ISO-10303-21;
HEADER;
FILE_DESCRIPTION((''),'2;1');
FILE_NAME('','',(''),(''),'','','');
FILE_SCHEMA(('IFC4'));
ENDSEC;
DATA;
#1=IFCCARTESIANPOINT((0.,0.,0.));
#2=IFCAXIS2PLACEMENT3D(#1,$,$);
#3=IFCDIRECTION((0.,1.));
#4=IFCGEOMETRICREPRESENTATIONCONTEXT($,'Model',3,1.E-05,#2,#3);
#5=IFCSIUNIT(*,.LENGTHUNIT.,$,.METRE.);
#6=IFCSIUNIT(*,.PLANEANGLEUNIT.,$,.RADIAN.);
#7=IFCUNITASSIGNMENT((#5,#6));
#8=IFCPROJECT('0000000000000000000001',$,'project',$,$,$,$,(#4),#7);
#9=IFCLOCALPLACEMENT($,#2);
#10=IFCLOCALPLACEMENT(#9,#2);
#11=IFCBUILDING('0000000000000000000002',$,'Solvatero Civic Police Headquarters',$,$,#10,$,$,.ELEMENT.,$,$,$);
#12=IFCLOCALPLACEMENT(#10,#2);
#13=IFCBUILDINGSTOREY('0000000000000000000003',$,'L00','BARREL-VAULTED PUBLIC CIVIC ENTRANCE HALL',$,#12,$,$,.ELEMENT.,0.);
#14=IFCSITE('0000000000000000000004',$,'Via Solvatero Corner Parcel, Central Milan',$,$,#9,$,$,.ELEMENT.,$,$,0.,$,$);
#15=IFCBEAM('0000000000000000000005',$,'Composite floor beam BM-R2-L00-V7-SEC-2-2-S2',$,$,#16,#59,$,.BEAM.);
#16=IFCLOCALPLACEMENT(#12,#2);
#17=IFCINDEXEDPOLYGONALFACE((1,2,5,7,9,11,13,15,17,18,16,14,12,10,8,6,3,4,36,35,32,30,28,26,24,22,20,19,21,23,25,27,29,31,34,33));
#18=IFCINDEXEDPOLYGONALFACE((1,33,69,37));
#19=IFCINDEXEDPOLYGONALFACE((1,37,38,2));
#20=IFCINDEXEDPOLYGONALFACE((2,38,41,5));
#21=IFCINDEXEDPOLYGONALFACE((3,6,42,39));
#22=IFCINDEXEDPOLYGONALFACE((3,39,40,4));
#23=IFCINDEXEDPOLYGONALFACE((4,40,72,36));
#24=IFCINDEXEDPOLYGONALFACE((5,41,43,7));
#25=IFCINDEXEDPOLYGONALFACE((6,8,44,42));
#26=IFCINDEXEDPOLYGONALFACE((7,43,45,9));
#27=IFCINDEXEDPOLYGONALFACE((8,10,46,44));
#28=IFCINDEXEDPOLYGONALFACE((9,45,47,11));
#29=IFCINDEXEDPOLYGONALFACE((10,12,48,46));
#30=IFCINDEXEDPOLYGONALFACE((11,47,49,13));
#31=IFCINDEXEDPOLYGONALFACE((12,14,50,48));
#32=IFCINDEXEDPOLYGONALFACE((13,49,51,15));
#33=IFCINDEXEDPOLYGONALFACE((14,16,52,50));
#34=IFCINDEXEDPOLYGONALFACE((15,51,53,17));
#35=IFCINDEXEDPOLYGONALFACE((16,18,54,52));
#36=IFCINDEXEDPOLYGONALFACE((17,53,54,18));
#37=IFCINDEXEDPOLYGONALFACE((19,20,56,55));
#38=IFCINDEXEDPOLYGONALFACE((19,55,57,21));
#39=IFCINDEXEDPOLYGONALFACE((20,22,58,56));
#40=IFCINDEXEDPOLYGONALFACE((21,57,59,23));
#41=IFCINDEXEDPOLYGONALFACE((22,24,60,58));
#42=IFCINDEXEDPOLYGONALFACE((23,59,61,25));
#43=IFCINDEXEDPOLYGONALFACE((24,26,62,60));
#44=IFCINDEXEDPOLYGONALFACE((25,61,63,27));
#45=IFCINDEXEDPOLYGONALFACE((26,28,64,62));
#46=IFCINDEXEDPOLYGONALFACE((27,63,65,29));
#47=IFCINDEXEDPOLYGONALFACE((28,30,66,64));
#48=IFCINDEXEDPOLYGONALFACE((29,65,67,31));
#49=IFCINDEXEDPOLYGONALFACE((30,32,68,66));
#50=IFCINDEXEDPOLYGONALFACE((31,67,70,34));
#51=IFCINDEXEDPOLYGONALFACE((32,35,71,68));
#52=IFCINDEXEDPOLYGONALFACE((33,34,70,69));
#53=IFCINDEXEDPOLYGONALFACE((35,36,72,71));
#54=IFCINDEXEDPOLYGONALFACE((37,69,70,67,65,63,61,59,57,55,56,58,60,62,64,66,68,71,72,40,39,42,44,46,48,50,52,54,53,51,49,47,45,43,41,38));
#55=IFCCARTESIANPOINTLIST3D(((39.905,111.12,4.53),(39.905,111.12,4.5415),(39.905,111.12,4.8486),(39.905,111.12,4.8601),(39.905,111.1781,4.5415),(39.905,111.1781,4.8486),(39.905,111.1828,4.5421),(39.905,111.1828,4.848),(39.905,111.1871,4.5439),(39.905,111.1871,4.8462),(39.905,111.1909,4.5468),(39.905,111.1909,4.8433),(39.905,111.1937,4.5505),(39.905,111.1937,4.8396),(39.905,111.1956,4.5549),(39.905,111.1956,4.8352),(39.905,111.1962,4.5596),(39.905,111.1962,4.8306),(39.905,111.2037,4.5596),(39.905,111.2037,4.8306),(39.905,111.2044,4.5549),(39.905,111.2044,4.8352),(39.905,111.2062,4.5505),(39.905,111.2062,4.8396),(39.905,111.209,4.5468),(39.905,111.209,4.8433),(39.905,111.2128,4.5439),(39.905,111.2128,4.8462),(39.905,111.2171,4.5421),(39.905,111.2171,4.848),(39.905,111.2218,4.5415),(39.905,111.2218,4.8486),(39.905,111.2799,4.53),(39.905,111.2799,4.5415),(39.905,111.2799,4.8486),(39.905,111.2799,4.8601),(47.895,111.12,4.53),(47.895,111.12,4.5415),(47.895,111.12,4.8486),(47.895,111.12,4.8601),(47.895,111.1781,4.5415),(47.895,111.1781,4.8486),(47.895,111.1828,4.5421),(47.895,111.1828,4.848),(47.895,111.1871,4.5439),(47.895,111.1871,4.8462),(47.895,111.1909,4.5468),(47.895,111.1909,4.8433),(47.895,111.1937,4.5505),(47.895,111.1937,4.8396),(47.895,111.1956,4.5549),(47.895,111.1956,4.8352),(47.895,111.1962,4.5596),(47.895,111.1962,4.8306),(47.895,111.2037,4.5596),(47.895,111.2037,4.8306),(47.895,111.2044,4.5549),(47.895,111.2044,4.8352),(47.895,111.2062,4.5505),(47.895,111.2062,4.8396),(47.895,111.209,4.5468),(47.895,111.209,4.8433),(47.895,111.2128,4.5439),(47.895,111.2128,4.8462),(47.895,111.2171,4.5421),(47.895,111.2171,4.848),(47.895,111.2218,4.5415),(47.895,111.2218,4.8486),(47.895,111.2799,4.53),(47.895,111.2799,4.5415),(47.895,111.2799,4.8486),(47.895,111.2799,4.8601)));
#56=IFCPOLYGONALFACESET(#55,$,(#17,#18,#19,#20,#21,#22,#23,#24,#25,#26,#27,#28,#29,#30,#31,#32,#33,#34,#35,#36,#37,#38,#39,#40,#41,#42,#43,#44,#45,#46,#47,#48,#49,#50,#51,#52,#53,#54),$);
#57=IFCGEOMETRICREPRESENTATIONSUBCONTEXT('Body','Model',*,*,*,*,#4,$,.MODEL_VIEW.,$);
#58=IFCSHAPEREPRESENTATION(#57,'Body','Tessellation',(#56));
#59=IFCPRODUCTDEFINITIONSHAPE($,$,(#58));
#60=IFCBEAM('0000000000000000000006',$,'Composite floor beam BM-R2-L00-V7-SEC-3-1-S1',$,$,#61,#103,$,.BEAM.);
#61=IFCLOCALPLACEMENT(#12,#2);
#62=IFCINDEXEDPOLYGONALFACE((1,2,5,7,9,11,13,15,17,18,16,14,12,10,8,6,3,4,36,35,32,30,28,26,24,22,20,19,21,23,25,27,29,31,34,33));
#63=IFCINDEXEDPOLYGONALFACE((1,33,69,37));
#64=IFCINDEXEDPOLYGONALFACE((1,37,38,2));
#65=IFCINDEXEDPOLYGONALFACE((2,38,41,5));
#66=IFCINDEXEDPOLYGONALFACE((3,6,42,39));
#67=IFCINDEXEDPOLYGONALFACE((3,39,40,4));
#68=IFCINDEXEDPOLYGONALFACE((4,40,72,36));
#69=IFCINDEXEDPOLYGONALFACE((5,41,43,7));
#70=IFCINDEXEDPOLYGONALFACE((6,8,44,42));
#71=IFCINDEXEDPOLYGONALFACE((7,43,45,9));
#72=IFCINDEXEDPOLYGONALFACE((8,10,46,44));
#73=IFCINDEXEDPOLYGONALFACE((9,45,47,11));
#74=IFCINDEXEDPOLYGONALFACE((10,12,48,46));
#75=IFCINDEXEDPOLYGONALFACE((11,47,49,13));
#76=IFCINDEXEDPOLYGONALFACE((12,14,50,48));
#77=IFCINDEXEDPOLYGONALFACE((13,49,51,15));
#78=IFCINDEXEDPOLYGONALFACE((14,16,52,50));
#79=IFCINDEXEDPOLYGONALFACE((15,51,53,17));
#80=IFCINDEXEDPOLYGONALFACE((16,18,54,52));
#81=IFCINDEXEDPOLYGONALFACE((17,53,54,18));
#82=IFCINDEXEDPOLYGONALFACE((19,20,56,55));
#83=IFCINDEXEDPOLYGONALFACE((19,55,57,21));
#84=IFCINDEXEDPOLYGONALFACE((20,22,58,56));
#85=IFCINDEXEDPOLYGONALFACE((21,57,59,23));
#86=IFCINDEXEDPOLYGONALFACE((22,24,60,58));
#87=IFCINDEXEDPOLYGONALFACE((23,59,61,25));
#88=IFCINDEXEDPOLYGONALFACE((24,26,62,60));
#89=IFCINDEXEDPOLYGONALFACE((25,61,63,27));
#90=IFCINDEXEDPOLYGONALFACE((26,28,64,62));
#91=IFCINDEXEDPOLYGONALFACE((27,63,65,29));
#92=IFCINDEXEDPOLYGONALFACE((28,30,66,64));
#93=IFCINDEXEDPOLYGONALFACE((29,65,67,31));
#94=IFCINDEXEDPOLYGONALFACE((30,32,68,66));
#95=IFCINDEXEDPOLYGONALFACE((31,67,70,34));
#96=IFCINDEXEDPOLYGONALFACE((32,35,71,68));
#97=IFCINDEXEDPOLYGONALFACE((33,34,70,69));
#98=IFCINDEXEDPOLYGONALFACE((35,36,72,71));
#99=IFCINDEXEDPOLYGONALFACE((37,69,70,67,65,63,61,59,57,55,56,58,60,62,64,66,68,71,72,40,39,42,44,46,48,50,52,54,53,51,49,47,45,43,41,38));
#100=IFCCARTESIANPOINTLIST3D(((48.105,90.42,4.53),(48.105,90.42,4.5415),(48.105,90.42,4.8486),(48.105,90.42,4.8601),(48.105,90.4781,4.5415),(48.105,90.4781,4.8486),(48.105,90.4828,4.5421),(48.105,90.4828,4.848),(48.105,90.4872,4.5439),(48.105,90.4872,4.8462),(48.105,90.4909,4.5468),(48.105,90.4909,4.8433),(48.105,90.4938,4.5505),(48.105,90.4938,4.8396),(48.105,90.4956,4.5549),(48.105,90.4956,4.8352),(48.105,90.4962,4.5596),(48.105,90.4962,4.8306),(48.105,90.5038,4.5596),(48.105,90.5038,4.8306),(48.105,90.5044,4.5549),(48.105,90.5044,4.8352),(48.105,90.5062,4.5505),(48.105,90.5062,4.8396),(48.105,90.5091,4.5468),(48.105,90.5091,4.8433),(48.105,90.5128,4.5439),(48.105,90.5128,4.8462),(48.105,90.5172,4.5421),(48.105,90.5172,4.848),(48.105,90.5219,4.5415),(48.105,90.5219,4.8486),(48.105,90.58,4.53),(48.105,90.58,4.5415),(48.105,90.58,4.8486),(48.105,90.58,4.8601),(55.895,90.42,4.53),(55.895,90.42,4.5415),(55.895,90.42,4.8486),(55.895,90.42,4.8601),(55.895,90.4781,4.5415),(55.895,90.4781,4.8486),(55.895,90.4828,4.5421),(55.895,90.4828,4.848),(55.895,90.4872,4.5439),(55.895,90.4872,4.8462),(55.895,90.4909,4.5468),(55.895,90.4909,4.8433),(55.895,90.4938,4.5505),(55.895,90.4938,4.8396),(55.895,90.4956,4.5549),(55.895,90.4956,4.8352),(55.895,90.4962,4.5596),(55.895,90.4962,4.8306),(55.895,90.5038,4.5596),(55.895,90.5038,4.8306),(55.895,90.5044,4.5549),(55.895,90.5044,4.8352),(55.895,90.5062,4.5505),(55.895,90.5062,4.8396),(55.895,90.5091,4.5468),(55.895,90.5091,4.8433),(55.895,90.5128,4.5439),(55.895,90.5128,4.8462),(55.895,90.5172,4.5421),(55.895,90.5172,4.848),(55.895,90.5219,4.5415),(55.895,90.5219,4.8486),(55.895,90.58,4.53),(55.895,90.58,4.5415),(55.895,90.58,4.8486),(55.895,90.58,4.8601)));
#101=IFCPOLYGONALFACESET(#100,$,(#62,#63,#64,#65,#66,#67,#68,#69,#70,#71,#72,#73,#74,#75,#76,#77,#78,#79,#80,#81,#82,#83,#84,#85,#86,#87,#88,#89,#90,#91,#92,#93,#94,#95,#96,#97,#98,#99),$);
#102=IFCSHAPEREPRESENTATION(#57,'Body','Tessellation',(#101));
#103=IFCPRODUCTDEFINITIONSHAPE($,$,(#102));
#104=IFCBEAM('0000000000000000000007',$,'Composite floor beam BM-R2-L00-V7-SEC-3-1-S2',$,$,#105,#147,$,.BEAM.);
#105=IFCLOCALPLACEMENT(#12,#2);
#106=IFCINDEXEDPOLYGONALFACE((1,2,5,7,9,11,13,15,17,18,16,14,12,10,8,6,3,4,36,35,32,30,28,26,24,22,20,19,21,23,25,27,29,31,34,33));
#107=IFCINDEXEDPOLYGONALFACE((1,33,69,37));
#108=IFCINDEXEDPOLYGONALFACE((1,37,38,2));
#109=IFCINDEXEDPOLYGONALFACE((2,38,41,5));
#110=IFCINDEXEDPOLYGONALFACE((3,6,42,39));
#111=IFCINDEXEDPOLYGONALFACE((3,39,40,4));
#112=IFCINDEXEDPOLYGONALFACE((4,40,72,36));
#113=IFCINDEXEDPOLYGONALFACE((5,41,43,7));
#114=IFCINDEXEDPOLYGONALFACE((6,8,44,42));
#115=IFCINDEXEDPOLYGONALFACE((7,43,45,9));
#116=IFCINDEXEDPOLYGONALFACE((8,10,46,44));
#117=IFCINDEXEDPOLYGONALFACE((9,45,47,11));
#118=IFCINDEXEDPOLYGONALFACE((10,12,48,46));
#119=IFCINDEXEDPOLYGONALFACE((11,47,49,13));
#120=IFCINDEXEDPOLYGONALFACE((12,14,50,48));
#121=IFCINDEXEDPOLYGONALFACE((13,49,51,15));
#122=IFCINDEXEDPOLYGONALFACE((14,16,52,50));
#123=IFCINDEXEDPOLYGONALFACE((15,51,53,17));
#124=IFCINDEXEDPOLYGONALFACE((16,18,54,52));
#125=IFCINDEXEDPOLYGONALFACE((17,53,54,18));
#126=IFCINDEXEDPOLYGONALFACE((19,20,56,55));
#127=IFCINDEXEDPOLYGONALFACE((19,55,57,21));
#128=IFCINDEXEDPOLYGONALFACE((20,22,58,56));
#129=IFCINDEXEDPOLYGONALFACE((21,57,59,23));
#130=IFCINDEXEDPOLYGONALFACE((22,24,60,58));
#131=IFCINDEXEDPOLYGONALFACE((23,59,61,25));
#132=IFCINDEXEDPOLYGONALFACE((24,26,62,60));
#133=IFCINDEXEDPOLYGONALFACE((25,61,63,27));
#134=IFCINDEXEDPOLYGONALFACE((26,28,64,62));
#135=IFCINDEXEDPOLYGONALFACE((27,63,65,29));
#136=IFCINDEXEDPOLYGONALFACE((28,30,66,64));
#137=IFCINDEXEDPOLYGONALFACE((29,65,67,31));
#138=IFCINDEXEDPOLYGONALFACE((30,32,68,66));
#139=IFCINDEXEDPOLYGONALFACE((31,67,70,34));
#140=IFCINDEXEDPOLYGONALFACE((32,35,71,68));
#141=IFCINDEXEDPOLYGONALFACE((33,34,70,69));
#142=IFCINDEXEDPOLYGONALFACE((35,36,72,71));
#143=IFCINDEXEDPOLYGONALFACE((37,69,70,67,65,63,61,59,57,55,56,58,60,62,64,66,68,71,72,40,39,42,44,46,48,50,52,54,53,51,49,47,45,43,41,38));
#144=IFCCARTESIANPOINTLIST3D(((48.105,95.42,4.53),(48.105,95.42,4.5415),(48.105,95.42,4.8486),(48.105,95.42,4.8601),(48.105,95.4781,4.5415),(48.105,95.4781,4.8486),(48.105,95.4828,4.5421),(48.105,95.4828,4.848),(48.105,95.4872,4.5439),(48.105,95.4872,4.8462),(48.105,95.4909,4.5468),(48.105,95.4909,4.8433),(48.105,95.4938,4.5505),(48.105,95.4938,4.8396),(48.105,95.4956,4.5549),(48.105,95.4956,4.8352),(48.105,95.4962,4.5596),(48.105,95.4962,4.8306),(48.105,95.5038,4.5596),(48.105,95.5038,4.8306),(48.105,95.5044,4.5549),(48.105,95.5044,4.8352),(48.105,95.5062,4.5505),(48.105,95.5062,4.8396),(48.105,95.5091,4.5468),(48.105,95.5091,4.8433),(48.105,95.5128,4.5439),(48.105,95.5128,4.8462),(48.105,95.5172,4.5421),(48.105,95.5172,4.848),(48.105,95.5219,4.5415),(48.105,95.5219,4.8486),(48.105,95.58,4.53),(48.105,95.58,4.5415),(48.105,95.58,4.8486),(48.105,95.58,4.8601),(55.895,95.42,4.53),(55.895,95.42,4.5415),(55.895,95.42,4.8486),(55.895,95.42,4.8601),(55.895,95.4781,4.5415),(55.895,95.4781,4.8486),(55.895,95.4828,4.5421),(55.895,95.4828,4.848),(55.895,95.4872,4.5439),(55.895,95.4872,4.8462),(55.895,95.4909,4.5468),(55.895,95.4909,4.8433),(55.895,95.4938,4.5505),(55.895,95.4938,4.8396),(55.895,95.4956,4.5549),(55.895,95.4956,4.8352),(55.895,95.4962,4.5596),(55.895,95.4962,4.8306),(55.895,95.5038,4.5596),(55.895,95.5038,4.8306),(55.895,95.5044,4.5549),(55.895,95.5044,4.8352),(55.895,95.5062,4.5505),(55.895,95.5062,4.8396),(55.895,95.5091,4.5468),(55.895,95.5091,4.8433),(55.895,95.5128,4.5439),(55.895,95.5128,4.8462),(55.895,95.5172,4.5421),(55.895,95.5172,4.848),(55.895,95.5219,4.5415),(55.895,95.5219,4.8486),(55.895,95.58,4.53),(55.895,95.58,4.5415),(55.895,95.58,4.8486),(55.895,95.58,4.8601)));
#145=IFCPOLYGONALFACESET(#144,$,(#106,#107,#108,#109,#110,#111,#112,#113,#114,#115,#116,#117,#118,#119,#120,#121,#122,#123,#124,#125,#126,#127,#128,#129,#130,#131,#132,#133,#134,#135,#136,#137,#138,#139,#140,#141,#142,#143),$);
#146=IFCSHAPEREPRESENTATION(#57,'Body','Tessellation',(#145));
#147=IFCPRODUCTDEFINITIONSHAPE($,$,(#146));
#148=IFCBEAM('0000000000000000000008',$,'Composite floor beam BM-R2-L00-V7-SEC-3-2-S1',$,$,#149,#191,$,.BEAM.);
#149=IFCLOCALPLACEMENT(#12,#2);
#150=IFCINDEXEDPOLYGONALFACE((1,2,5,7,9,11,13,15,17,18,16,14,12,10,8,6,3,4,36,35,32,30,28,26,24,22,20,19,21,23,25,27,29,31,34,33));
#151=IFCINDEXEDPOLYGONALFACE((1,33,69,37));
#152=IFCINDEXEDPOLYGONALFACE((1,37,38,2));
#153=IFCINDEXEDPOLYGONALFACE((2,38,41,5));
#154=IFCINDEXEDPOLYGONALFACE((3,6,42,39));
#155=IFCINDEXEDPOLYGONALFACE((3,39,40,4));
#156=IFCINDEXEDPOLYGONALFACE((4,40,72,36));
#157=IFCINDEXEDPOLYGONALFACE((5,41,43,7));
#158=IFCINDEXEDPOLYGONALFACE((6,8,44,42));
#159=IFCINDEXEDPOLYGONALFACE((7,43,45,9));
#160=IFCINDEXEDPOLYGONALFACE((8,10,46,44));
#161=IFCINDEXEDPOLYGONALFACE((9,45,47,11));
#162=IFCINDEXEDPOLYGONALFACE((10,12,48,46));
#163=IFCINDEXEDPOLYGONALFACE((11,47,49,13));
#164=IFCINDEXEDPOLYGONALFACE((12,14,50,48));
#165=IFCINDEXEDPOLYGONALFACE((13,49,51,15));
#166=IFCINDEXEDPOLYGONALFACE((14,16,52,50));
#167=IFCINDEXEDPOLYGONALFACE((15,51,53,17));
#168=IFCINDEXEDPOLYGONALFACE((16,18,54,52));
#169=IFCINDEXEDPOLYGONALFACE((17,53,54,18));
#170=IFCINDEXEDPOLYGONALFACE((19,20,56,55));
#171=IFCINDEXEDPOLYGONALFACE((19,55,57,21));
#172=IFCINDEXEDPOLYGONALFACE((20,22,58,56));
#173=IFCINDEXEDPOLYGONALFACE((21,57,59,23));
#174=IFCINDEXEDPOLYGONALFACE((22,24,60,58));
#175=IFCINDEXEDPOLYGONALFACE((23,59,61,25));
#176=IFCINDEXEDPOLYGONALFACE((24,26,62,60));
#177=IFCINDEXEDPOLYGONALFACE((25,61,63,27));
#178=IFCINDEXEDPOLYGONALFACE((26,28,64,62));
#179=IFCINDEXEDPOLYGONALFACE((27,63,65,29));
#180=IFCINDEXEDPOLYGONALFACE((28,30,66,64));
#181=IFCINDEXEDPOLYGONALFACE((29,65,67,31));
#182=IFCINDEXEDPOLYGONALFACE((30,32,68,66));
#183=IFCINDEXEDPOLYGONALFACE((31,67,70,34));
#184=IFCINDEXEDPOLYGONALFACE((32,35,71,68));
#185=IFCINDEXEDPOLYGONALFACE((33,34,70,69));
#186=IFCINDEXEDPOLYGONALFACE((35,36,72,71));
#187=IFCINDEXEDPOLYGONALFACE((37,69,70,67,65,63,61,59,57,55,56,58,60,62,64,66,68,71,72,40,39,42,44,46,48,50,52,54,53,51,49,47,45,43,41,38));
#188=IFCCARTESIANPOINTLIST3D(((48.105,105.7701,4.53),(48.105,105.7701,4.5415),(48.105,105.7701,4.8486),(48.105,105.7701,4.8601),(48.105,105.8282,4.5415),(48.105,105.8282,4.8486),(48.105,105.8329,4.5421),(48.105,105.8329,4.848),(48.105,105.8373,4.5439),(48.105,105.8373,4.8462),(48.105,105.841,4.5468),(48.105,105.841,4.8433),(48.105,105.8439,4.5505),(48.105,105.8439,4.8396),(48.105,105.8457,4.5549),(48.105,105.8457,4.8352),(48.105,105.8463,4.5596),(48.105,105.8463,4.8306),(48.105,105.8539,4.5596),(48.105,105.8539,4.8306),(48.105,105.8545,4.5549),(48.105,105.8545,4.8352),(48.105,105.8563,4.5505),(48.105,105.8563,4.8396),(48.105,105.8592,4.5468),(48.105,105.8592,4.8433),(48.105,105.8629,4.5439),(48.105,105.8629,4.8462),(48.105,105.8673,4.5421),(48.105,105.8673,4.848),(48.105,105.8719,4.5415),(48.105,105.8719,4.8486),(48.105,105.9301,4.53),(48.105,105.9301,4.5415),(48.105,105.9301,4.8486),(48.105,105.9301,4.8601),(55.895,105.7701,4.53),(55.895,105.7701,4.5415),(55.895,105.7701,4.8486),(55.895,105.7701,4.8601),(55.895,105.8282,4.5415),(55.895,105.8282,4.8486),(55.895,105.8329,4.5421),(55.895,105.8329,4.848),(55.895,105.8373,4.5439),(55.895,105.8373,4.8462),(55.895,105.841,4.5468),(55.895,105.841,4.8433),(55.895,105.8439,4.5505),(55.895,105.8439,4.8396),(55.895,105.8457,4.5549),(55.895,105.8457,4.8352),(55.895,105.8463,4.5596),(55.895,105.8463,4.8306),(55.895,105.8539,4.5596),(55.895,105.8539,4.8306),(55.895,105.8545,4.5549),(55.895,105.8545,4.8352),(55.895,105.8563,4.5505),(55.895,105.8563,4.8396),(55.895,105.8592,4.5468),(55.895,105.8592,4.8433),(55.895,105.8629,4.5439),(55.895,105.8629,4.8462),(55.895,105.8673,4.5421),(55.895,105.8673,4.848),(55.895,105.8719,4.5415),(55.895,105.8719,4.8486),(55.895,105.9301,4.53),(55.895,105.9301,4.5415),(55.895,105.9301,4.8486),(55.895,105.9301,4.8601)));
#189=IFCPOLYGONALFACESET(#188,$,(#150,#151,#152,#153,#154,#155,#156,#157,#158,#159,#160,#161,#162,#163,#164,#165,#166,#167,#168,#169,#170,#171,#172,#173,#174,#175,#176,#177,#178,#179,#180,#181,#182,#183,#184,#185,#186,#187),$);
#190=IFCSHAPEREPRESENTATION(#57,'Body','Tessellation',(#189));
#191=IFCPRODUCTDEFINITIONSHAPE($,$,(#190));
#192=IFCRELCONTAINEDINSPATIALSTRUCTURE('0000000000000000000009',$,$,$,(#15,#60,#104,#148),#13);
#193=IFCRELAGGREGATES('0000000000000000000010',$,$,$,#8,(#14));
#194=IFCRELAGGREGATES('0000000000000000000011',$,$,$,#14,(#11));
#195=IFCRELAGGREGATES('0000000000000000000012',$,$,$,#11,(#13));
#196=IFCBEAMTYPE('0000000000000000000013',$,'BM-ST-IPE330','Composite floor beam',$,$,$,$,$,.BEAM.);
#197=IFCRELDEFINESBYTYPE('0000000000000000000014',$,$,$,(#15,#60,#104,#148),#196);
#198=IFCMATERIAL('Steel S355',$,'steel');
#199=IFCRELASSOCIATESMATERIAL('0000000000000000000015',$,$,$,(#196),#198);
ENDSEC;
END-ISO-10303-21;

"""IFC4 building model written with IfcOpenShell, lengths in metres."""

from ifc_helpers import new_model, si_unit, direction, frame, origin, origin_2d, place, context, subcontext, project, spatial, i_section, extrude, material, material_profile, profile_set, type_object, element, save


model = new_model("IFC4")

# Units and contexts
model_context = context("Model", 3, precision=1e-05, world=origin(), true_north=direction((0.0, 1.0)))
body_context = subcontext(model_context, "Body", "Model", "MODEL_VIEW")
ifc_project = project(units=[si_unit("LENGTHUNIT", "METRE"), si_unit("PLANEANGLEUNIT", "RADIAN")], contexts=[model_context])

# Site, building, storey
site_placement = place(None, origin())
site = spatial("IfcSite", under=ifc_project, at=site_placement, Name="Via Solvatero Corner Parcel, Central Milan", CompositionType="ELEMENT", RefElevation=0.0)
building_placement = place(site_placement, origin())
building = spatial("IfcBuilding", under=site, at=building_placement, Name="Solvatero Civic Police Headquarters", CompositionType="ELEMENT")
storey_placement = place(building_placement, origin())
storey = spatial("IfcBuildingStorey", under=building, at=storey_placement, Name="L00", Description="BARREL-VAULTED PUBLIC CIVIC ENTRANCE HALL", CompositionType="ELEMENT", Elevation=0.0)

# Beams
ifc_material_1 = material(Name="Steel S355", Category="steel")
ifc_material_profile_1 = material_profile(ifc_material_1, i_section(OverallWidth=0.1599, OverallDepth=0.3301, WebThickness=0.0076, FlangeThickness=0.0115, FilletRadius=0.0181, at=origin_2d()), Name="IPE 330")
ifc_profile_set_1 = profile_set([ifc_material_profile_1], Name="Steel S355")
beam_type_1 = type_object("IfcBeamType", Name="BM-ST-IPE330", Description="Composite floor beam", PredefinedType="BEAM", material=ifc_profile_set_1)
for number, where, z_axis, x_axis, name in (
    (1, (39.905, 111.2, 4.6951), (1.0, 0.0, 0.0), (0.0, 1.0, 0.0), "Composite floor beam BM-R2-L00-V7-SEC-2-2-S2"),
):
    element("IfcBeam", number, at=place(storey_placement, frame(where, z_axis=z_axis, x_axis=x_axis)), inside=storey, type_object=beam_type_1, Name=name, PredefinedType="BEAM", context=body_context, shape_type="SweptSolid", body=[
        extrude(i_section(OverallWidth=0.1599, OverallDepth=0.3301, WebThickness=0.0076, FlangeThickness=0.0115, FilletRadius=0.0181, at=origin_2d()), origin(), (0.0, 0.0, 1.0), 7.99),
    ])
for number, where, z_axis, x_axis, name in (
    (2, (48.105, 90.5, 4.6951), (1.0, 0.0, 0.0), (0.0, 1.0, 0.0), "Composite floor beam BM-R2-L00-V7-SEC-3-1-S1"),
    (3, (48.105, 95.5, 4.6951), (1.0, 0.0, 0.0), (0.0, 1.0, 0.0), "Composite floor beam BM-R2-L00-V7-SEC-3-1-S2"),
    (4, (48.105, 105.8501, 4.6951), (1.0, 0.0, 0.0), (0.0, 1.0, 0.0), "Composite floor beam BM-R2-L00-V7-SEC-3-2-S1"),
):
    element("IfcBeam", number, at=place(storey_placement, frame(where, z_axis=z_axis, x_axis=x_axis)), inside=storey, type_object=beam_type_1, Name=name, PredefinedType="BEAM", context=body_context, shape_type="SweptSolid", body=[
        extrude(i_section(OverallWidth=0.1599, OverallDepth=0.3301, WebThickness=0.0076, FlangeThickness=0.0115, FilletRadius=0.0181, at=origin_2d()), origin(), (0.0, 0.0, 1.0), 7.79),
    ])

save(model, "model.ifc")
